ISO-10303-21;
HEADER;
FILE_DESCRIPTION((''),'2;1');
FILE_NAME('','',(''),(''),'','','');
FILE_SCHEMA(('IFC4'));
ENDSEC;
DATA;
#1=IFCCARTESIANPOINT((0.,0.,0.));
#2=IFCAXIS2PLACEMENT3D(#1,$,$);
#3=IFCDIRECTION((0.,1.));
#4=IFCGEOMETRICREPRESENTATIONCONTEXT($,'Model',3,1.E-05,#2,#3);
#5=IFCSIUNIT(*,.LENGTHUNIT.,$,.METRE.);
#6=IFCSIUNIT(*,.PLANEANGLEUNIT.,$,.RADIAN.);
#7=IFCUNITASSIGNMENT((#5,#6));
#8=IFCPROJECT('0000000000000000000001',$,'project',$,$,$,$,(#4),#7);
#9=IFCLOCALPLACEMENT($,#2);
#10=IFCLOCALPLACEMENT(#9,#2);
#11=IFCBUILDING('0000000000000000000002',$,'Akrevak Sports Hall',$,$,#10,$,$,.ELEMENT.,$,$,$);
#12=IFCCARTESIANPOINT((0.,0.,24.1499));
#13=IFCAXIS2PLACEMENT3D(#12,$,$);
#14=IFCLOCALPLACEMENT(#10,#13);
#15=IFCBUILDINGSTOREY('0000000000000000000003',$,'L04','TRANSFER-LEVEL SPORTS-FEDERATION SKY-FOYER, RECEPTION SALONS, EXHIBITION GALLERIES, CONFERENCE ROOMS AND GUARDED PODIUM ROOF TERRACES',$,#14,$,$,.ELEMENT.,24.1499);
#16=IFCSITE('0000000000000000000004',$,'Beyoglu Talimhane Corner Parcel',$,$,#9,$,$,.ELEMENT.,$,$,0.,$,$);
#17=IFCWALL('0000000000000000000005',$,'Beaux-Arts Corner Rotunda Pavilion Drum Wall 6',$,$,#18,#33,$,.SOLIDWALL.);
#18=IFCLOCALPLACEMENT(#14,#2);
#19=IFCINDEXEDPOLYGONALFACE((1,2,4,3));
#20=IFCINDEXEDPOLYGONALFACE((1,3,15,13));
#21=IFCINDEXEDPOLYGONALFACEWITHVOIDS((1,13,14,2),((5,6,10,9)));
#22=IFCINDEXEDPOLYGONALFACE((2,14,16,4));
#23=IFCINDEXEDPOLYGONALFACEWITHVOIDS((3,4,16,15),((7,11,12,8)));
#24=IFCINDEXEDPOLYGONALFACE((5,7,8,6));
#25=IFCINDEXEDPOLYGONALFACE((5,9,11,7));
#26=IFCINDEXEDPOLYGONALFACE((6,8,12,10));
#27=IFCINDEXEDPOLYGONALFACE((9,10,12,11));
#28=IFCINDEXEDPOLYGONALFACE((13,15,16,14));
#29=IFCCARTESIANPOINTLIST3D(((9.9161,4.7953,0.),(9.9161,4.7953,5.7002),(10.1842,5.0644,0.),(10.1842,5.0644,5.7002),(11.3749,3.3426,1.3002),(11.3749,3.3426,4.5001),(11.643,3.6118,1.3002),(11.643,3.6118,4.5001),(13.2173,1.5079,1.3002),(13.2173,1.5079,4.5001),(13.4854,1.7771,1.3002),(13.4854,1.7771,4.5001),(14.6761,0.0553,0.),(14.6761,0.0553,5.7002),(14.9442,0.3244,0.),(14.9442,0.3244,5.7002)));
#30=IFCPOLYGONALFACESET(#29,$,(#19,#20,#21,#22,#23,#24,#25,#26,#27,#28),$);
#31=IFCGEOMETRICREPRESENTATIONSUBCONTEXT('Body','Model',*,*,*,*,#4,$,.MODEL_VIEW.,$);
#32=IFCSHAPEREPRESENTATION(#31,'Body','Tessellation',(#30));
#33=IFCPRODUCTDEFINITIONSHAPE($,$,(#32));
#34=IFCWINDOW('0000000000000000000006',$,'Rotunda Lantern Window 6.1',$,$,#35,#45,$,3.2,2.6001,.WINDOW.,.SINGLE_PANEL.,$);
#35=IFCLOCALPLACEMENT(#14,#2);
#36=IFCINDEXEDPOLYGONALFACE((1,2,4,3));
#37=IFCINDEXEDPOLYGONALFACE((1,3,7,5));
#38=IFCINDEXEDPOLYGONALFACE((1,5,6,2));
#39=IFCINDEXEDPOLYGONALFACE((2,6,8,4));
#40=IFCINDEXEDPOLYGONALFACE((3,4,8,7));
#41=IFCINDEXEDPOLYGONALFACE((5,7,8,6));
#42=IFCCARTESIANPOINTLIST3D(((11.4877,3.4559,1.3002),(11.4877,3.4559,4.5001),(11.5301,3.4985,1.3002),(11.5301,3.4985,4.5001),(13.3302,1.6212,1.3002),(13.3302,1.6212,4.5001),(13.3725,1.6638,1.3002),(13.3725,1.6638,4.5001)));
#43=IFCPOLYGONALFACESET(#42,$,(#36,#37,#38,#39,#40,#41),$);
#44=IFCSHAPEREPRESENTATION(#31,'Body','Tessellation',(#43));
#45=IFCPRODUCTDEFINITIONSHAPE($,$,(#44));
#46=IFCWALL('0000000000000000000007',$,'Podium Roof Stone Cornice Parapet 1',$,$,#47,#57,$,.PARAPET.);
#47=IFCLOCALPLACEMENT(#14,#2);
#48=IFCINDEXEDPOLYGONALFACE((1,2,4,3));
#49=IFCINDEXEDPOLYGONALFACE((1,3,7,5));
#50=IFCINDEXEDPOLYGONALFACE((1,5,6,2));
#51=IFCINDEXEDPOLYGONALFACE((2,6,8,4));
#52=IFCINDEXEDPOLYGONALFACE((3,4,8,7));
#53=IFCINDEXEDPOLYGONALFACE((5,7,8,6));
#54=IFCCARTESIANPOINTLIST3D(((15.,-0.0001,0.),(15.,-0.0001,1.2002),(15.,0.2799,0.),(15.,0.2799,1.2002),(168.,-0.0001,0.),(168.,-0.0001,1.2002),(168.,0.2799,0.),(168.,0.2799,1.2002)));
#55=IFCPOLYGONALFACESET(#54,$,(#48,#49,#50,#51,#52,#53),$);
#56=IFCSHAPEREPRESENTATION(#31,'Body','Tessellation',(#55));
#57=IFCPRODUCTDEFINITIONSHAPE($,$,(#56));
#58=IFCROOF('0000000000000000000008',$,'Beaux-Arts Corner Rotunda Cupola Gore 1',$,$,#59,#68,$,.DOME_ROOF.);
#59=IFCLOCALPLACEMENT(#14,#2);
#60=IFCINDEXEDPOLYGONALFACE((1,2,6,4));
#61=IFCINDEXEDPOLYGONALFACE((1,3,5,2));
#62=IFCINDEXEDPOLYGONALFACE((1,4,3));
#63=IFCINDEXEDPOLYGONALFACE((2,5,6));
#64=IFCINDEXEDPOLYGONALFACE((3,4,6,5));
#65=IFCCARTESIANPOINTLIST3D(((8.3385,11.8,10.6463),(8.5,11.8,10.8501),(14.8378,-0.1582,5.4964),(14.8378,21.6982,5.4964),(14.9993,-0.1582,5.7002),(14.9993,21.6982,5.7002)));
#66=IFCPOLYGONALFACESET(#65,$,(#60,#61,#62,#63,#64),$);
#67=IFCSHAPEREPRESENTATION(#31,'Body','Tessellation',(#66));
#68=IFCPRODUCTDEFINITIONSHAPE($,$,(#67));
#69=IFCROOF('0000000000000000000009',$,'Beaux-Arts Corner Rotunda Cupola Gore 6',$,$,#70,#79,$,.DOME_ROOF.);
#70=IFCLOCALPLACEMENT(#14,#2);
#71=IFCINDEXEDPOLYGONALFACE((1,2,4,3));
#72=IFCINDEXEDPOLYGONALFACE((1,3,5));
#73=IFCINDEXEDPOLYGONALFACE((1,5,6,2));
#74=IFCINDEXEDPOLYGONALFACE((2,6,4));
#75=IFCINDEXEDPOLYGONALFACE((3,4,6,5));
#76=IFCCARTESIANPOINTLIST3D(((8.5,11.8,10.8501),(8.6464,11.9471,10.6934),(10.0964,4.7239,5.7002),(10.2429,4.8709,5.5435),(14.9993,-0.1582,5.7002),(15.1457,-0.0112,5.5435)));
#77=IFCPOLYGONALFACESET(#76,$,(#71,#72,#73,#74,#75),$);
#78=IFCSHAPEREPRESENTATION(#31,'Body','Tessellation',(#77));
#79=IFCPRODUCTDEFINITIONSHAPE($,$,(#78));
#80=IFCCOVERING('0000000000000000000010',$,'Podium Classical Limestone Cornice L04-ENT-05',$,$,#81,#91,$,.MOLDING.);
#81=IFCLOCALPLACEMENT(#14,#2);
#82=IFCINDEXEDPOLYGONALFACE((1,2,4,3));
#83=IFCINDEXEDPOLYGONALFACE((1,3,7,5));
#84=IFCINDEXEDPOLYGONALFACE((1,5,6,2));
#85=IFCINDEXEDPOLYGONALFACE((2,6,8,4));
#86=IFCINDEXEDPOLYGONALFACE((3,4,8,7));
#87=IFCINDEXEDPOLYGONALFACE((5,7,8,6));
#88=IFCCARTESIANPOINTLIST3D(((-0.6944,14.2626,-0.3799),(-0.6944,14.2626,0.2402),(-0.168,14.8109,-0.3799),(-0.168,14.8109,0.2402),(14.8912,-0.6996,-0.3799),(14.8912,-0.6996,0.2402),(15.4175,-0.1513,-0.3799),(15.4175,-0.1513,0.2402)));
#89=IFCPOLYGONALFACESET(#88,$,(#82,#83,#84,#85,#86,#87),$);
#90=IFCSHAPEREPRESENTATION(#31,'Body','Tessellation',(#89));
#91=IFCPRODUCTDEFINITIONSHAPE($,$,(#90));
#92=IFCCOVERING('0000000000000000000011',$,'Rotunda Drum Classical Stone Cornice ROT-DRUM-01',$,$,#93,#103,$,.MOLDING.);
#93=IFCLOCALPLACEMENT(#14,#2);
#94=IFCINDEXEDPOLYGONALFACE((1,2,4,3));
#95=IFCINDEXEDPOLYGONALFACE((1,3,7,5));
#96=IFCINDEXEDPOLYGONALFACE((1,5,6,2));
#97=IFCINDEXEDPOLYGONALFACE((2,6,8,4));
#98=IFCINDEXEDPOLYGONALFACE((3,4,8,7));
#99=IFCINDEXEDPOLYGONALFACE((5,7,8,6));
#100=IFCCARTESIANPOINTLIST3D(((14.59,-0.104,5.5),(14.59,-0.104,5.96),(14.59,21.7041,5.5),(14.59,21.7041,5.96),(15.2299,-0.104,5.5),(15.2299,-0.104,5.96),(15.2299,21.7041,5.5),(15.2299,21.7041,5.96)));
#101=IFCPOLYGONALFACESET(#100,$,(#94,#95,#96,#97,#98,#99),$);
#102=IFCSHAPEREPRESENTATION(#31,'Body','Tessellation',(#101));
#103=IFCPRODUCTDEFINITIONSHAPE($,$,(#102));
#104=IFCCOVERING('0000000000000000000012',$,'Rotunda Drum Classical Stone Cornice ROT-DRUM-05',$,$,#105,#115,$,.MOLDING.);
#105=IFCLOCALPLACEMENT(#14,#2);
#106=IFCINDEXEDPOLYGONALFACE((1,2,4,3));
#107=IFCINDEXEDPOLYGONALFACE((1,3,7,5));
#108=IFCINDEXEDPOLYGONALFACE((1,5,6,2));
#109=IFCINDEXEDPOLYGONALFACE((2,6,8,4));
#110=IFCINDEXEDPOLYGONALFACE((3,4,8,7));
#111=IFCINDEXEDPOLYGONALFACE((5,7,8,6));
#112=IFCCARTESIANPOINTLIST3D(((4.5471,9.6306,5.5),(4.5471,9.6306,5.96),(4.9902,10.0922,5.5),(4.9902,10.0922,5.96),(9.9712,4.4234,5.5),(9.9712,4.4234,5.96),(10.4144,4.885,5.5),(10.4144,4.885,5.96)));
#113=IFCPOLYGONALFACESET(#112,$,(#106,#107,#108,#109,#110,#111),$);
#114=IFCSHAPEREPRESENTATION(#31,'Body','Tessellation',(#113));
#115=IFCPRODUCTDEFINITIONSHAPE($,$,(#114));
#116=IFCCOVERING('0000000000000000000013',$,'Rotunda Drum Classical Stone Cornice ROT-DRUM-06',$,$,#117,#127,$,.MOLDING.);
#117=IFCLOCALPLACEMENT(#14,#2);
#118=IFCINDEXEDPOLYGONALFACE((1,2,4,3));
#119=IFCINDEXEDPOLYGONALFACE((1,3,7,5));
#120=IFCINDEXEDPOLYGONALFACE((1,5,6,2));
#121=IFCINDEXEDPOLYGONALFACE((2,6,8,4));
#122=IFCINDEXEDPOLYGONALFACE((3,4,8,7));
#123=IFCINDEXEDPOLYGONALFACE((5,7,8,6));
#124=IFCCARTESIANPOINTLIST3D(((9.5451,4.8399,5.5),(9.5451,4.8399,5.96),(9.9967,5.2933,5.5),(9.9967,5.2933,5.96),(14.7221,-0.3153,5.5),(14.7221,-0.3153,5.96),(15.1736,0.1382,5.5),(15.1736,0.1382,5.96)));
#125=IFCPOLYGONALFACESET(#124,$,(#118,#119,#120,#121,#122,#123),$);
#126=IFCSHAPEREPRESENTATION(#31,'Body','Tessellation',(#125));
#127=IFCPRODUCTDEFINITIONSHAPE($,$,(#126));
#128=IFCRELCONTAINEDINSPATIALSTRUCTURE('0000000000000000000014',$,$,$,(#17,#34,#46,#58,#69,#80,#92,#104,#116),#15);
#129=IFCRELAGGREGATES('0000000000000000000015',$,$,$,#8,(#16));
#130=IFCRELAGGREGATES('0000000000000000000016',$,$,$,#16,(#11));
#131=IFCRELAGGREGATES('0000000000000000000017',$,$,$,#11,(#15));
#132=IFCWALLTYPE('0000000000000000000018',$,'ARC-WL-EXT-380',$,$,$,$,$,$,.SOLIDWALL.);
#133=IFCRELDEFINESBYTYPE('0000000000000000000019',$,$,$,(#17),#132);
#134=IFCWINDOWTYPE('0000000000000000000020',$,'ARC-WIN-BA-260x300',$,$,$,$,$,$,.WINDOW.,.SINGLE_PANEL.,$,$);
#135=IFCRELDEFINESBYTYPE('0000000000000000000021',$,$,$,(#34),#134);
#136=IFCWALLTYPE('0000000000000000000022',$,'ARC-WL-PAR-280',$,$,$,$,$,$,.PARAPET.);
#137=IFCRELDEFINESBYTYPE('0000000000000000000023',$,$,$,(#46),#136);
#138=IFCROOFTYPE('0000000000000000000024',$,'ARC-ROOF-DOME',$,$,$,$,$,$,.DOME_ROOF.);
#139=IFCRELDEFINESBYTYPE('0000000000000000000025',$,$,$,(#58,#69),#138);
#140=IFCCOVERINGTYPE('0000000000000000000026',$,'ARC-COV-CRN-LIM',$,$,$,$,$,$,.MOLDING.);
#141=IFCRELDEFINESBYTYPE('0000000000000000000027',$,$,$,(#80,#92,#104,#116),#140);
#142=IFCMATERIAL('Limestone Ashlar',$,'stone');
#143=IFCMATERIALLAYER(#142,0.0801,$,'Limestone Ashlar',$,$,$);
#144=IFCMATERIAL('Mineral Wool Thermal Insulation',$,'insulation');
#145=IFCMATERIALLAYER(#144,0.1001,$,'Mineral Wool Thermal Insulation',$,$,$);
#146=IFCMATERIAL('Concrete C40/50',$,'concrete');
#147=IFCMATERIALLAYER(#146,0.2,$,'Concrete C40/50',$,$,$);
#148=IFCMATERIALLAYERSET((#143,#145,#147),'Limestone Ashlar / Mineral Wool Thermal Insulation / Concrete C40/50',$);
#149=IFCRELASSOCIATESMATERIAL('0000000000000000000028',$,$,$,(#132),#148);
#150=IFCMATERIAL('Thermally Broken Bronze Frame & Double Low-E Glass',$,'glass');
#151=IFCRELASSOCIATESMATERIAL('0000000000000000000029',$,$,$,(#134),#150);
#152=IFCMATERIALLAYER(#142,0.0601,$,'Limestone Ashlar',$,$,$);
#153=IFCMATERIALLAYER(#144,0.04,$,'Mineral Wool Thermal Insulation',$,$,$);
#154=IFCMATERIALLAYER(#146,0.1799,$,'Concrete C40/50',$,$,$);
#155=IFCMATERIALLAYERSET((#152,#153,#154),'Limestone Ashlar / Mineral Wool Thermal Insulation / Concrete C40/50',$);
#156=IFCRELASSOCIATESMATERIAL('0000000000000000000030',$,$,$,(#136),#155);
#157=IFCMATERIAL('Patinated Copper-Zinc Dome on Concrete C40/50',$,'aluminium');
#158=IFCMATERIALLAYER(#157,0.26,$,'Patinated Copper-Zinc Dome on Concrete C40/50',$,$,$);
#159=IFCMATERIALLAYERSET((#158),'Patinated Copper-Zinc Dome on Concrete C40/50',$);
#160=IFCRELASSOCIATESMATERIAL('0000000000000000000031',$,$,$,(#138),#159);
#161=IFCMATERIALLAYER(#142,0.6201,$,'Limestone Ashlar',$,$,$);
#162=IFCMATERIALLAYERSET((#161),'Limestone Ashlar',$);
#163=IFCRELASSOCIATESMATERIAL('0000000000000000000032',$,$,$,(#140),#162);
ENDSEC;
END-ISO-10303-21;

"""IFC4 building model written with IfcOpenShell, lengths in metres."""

from ifc_helpers import new_model, si_unit, direction, frame, frame_2d, origin, origin_2d, place, context, subcontext, project, spatial, polyline, rectangle, outline, extrude, material, layer, layer_set, type_object, element, fill, save


model = new_model("IFC4")

# Units and contexts
model_context = context("Model", 3, precision=1e-05, world=origin(), true_north=direction((0.0, 1.0)))
body_context = subcontext(model_context, "Body", "Model", "MODEL_VIEW")
ifc_project = project(units=[si_unit("LENGTHUNIT", "METRE"), si_unit("PLANEANGLEUNIT", "RADIAN")], contexts=[model_context])

# Site, building, storey
site_placement = place(None, origin())
site = spatial("IfcSite", under=ifc_project, at=site_placement, Name="Beyoglu Talimhane Corner Parcel", CompositionType="ELEMENT", RefElevation=0.0)
building_placement = place(site_placement, origin())
building = spatial("IfcBuilding", under=site, at=building_placement, Name="Akrevak Sports Hall", CompositionType="ELEMENT")
storey_placement = place(building_placement, frame((0.0, 0.0, 24.1499)))
storey = spatial("IfcBuildingStorey", under=building, at=storey_placement, Name="L04", Description="TRANSFER-LEVEL SPORTS-FEDERATION SKY-FOYER, RECEPTION SALONS, EXHIBITION GALLERIES, CONFERENCE ROOMS AND GUARDED PODIUM ROOF TERRACES", CompositionType="ELEMENT", Elevation=24.1499)

# Shared definitions
ifc_material_1 = material(Name="Concrete C40/50", Category="concrete")

# Shared definitions
ifc_material_2 = material(Name="Limestone Ashlar", Category="stone")
ifc_layer_1 = layer(ifc_material_2, 0.0801, Name="Limestone Ashlar")
ifc_material_3 = material(Name="Mineral Wool Thermal Insulation", Category="insulation")
ifc_layer_2 = layer(ifc_material_3, 0.1001, Name="Mineral Wool Thermal Insulation")
ifc_layer_3 = layer(ifc_material_1, 0.2, Name="Concrete C40/50")
ifc_layer_set_1 = layer_set([ifc_layer_1, ifc_layer_2, ifc_layer_3], Name="Limestone Ashlar / Mineral Wool Thermal Insulation / Concrete C40/50")
wall_type_1 = type_object("IfcWallType", Name="ARC-WL-EXT-380", PredefinedType="SOLIDWALL", material=ifc_layer_set_1)
ifc_material_4 = material(Name="Thermally Broken Bronze Frame & Double Low-E Glass", Category="glass")
window_type = type_object("IfcWindowType", Name="ARC-WIN-BA-260x300", PartitioningType="SINGLE_PANEL", PredefinedType="WINDOW", material=ifc_material_4)

# Wall, opening, window
wall_1_placement = place(storey_placement, frame((10.05, 4.9299, 0.0), z_axis=(0.0, 0.0, 1.0), x_axis=(0.708595, -0.705615, 0.0)))
wall_1 = element("IfcWall", 1, at=wall_1_placement, inside=storey, type_object=wall_type_1, Name="Beaux-Arts Corner Rotunda Pavilion Drum Wall 6", PredefinedType="SOLIDWALL", context=body_context, shape_type="SweptSolid", body=[
    extrude(rectangle(XDim=6.7175, YDim=0.3799, at=frame_2d((3.3589, 0.0))), origin(), (0.0, 0.0, 1.0), 5.7002),
])
opening_1_placement = place(wall_1_placement, frame((2.0588, 0.0, 1.3)))
opening_1 = element("IfcOpeningElement", 2, at=opening_1_placement, cuts=wall_1, PredefinedType="OPENING", context=body_context, shape_type="SweptSolid", body=[
    extrude(rectangle(XDim=2.6001, YDim=3.2, at=frame_2d((1.3, 1.6001))), frame((0.0, 0.2019, 0.0), z_axis=(0.0, -1.0, 0.0), x_axis=(1.0, 0.0, 0.0)), (0.0, 0.0, 1.0), 0.4038),
])
window_1_placement = place(opening_1_placement, origin())
window_1 = element("IfcWindow", 3, at=window_1_placement, inside=storey, type_object=window_type, Name="Rotunda Lantern Window 6.1", OverallHeight=3.2, OverallWidth=2.6001, PartitioningType="SINGLE_PANEL", PredefinedType="WINDOW", context=body_context, shape_type="SweptSolid", body=[
    extrude(rectangle(XDim=2.6001, YDim=3.2, at=frame_2d((1.3, 1.6001))), frame((0.0, 0.03, 0.0), z_axis=(0.0, -1.0, 0.0), x_axis=(1.0, 0.0, 0.0)), (0.0, 0.0, 1.0), 0.0601),
])
fill(opening_1, window_1)

# Wall
ifc_layer_4 = layer(ifc_material_2, 0.0601, Name="Limestone Ashlar")
ifc_layer_5 = layer(ifc_material_3, 0.04, Name="Mineral Wool Thermal Insulation")
ifc_layer_6 = layer(ifc_material_1, 0.1799, Name="Concrete C40/50")
ifc_layer_set_2 = layer_set([ifc_layer_4, ifc_layer_5, ifc_layer_6], Name="Limestone Ashlar / Mineral Wool Thermal Insulation / Concrete C40/50")
wall_type_2 = type_object("IfcWallType", Name="ARC-WL-PAR-280", PredefinedType="PARAPET", material=ifc_layer_set_2)
wall_2_placement = place(storey_placement, frame((15.0, 0.1399, 0.0), z_axis=(0.0, 0.0, 1.0), x_axis=(1.0, 0.0, 0.0)))
element("IfcWall", 4, at=wall_2_placement, inside=storey, type_object=wall_type_2, Name="Podium Roof Stone Cornice Parapet 1", PredefinedType="PARAPET", context=body_context, shape_type="SweptSolid", body=[
    extrude(rectangle(XDim=153.0, YDim=0.28, at=frame_2d((76.5, 0.0))), origin(), (0.0, 0.0, 1.0), 1.2002),
])

# Roofs
ifc_material_5 = material(Name="Patinated Copper-Zinc Dome on Concrete C40/50", Category="aluminium")
ifc_layer_7 = layer(ifc_material_5, 0.26, Name="Patinated Copper-Zinc Dome on Concrete C40/50")
ifc_layer_set_3 = layer_set([ifc_layer_7], Name="Patinated Copper-Zinc Dome on Concrete C40/50")
roof_type = type_object("IfcRoofType", Name="ARC-ROOF-DOME", PredefinedType="DOME_ROOF", material=ifc_layer_set_3)
roof_1_placement = place(storey_placement, frame((14.9993, -0.1582, 5.7002), z_axis=(0.621048, 0.0, 0.783773), x_axis=(0.0, 1.0, 0.0)))
element("IfcRoof", 5, at=roof_1_placement, inside=storey, type_object=roof_type, Name="Beaux-Arts Corner Rotunda Cupola Gore 1", PredefinedType="DOME_ROOF", context=body_context, shape_type="SweptSolid", body=[
    extrude(outline(polyline([(0.0, 0.0), (21.8564, 0.0), (11.9583, 8.2923), (0.0, 0.0)])), origin(), (0.0, 0.0, -1.0), 0.26),
])
roof_2_placement = place(storey_placement, frame((10.0964, 4.7239, 5.7002), z_axis=(-0.563152, -0.565546, 0.602509), x_axis=(0.708605, -0.705606, 0.0)))
element("IfcRoof", 6, at=roof_2_placement, inside=storey, type_object=roof_type, Name="Beaux-Arts Corner Rotunda Cupola Gore 6", PredefinedType="DOME_ROOF", context=body_context, shape_type="SweptSolid", body=[
    extrude(outline(polyline([(0.0, 0.0), (6.919, 0.0), (-6.1242, 6.4526), (0.0, 0.0)])), origin(), (0.0, 0.0, -1.0), 0.26),
])

# Coverings
ifc_layer_8 = layer(ifc_material_2, 0.6201, Name="Limestone Ashlar")
ifc_layer_set_4 = layer_set([ifc_layer_8], Name="Limestone Ashlar")
covering_type = type_object("IfcCoveringType", Name="ARC-COV-CRN-LIM", PredefinedType="MOLDING", material=ifc_layer_set_4)
covering_1_placement = place(storey_placement, frame((7.3616, 7.0557, -0.3799), z_axis=(0.0, 0.0, 1.0), x_axis=(0.721386, -0.692534, 0.0)))
element("IfcCovering", 7, at=covering_1_placement, inside=storey, type_object=covering_type, Name="Podium Classical Limestone Cornice L04-ENT-05", PredefinedType="MOLDING", context=body_context, shape_type="SweptSolid", body=[
    extrude(rectangle(XDim=21.605, YDim=0.76, at=origin_2d()), origin(), (0.0, 0.0, 1.0), 0.6201),
])
covering_2_placement = place(storey_placement, frame((14.9099, 10.8, 5.5), z_axis=(0.0, 0.0, 1.0), x_axis=(0.0, 1.0, 0.0)))
element("IfcCovering", 8, at=covering_2_placement, inside=storey, type_object=covering_type, Name="Rotunda Drum Classical Stone Cornice ROT-DRUM-01", PredefinedType="MOLDING", context=body_context, shape_type="SweptSolid", body=[
    extrude(rectangle(XDim=21.8081, YDim=0.6399, at=origin_2d()), origin(), (0.0, 0.0, 1.0), 0.46),
])
covering_3_placement = place(storey_placement, frame((7.4807, 7.2578, 5.5), z_axis=(0.0, 0.0, 1.0), x_axis=(0.721386, -0.692534, 0.0)))
element("IfcCovering", 9, at=covering_3_placement, inside=storey, type_object=covering_type, Name="Rotunda Drum Classical Stone Cornice ROT-DRUM-05", PredefinedType="MOLDING", context=body_context, shape_type="SweptSolid", body=[
    extrude(rectangle(XDim=7.519, YDim=0.6399, at=origin_2d()), origin(), (0.0, 0.0, 1.0), 0.46),
])
covering_4_placement = place(storey_placement, frame((12.3594, 2.489, 5.5), z_axis=(0.0, 0.0, 1.0), x_axis=(0.708599, -0.705612, 0.0)))
element("IfcCovering", 10, at=covering_4_placement, inside=storey, type_object=covering_type, Name="Rotunda Drum Classical Stone Cornice ROT-DRUM-06", PredefinedType="MOLDING", context=body_context, shape_type="SweptSolid", body=[
    extrude(rectangle(XDim=7.3059, YDim=0.6399, at=origin_2d()), origin(), (0.0, 0.0, 1.0), 0.46),
])

save(model, "model.ifc")
